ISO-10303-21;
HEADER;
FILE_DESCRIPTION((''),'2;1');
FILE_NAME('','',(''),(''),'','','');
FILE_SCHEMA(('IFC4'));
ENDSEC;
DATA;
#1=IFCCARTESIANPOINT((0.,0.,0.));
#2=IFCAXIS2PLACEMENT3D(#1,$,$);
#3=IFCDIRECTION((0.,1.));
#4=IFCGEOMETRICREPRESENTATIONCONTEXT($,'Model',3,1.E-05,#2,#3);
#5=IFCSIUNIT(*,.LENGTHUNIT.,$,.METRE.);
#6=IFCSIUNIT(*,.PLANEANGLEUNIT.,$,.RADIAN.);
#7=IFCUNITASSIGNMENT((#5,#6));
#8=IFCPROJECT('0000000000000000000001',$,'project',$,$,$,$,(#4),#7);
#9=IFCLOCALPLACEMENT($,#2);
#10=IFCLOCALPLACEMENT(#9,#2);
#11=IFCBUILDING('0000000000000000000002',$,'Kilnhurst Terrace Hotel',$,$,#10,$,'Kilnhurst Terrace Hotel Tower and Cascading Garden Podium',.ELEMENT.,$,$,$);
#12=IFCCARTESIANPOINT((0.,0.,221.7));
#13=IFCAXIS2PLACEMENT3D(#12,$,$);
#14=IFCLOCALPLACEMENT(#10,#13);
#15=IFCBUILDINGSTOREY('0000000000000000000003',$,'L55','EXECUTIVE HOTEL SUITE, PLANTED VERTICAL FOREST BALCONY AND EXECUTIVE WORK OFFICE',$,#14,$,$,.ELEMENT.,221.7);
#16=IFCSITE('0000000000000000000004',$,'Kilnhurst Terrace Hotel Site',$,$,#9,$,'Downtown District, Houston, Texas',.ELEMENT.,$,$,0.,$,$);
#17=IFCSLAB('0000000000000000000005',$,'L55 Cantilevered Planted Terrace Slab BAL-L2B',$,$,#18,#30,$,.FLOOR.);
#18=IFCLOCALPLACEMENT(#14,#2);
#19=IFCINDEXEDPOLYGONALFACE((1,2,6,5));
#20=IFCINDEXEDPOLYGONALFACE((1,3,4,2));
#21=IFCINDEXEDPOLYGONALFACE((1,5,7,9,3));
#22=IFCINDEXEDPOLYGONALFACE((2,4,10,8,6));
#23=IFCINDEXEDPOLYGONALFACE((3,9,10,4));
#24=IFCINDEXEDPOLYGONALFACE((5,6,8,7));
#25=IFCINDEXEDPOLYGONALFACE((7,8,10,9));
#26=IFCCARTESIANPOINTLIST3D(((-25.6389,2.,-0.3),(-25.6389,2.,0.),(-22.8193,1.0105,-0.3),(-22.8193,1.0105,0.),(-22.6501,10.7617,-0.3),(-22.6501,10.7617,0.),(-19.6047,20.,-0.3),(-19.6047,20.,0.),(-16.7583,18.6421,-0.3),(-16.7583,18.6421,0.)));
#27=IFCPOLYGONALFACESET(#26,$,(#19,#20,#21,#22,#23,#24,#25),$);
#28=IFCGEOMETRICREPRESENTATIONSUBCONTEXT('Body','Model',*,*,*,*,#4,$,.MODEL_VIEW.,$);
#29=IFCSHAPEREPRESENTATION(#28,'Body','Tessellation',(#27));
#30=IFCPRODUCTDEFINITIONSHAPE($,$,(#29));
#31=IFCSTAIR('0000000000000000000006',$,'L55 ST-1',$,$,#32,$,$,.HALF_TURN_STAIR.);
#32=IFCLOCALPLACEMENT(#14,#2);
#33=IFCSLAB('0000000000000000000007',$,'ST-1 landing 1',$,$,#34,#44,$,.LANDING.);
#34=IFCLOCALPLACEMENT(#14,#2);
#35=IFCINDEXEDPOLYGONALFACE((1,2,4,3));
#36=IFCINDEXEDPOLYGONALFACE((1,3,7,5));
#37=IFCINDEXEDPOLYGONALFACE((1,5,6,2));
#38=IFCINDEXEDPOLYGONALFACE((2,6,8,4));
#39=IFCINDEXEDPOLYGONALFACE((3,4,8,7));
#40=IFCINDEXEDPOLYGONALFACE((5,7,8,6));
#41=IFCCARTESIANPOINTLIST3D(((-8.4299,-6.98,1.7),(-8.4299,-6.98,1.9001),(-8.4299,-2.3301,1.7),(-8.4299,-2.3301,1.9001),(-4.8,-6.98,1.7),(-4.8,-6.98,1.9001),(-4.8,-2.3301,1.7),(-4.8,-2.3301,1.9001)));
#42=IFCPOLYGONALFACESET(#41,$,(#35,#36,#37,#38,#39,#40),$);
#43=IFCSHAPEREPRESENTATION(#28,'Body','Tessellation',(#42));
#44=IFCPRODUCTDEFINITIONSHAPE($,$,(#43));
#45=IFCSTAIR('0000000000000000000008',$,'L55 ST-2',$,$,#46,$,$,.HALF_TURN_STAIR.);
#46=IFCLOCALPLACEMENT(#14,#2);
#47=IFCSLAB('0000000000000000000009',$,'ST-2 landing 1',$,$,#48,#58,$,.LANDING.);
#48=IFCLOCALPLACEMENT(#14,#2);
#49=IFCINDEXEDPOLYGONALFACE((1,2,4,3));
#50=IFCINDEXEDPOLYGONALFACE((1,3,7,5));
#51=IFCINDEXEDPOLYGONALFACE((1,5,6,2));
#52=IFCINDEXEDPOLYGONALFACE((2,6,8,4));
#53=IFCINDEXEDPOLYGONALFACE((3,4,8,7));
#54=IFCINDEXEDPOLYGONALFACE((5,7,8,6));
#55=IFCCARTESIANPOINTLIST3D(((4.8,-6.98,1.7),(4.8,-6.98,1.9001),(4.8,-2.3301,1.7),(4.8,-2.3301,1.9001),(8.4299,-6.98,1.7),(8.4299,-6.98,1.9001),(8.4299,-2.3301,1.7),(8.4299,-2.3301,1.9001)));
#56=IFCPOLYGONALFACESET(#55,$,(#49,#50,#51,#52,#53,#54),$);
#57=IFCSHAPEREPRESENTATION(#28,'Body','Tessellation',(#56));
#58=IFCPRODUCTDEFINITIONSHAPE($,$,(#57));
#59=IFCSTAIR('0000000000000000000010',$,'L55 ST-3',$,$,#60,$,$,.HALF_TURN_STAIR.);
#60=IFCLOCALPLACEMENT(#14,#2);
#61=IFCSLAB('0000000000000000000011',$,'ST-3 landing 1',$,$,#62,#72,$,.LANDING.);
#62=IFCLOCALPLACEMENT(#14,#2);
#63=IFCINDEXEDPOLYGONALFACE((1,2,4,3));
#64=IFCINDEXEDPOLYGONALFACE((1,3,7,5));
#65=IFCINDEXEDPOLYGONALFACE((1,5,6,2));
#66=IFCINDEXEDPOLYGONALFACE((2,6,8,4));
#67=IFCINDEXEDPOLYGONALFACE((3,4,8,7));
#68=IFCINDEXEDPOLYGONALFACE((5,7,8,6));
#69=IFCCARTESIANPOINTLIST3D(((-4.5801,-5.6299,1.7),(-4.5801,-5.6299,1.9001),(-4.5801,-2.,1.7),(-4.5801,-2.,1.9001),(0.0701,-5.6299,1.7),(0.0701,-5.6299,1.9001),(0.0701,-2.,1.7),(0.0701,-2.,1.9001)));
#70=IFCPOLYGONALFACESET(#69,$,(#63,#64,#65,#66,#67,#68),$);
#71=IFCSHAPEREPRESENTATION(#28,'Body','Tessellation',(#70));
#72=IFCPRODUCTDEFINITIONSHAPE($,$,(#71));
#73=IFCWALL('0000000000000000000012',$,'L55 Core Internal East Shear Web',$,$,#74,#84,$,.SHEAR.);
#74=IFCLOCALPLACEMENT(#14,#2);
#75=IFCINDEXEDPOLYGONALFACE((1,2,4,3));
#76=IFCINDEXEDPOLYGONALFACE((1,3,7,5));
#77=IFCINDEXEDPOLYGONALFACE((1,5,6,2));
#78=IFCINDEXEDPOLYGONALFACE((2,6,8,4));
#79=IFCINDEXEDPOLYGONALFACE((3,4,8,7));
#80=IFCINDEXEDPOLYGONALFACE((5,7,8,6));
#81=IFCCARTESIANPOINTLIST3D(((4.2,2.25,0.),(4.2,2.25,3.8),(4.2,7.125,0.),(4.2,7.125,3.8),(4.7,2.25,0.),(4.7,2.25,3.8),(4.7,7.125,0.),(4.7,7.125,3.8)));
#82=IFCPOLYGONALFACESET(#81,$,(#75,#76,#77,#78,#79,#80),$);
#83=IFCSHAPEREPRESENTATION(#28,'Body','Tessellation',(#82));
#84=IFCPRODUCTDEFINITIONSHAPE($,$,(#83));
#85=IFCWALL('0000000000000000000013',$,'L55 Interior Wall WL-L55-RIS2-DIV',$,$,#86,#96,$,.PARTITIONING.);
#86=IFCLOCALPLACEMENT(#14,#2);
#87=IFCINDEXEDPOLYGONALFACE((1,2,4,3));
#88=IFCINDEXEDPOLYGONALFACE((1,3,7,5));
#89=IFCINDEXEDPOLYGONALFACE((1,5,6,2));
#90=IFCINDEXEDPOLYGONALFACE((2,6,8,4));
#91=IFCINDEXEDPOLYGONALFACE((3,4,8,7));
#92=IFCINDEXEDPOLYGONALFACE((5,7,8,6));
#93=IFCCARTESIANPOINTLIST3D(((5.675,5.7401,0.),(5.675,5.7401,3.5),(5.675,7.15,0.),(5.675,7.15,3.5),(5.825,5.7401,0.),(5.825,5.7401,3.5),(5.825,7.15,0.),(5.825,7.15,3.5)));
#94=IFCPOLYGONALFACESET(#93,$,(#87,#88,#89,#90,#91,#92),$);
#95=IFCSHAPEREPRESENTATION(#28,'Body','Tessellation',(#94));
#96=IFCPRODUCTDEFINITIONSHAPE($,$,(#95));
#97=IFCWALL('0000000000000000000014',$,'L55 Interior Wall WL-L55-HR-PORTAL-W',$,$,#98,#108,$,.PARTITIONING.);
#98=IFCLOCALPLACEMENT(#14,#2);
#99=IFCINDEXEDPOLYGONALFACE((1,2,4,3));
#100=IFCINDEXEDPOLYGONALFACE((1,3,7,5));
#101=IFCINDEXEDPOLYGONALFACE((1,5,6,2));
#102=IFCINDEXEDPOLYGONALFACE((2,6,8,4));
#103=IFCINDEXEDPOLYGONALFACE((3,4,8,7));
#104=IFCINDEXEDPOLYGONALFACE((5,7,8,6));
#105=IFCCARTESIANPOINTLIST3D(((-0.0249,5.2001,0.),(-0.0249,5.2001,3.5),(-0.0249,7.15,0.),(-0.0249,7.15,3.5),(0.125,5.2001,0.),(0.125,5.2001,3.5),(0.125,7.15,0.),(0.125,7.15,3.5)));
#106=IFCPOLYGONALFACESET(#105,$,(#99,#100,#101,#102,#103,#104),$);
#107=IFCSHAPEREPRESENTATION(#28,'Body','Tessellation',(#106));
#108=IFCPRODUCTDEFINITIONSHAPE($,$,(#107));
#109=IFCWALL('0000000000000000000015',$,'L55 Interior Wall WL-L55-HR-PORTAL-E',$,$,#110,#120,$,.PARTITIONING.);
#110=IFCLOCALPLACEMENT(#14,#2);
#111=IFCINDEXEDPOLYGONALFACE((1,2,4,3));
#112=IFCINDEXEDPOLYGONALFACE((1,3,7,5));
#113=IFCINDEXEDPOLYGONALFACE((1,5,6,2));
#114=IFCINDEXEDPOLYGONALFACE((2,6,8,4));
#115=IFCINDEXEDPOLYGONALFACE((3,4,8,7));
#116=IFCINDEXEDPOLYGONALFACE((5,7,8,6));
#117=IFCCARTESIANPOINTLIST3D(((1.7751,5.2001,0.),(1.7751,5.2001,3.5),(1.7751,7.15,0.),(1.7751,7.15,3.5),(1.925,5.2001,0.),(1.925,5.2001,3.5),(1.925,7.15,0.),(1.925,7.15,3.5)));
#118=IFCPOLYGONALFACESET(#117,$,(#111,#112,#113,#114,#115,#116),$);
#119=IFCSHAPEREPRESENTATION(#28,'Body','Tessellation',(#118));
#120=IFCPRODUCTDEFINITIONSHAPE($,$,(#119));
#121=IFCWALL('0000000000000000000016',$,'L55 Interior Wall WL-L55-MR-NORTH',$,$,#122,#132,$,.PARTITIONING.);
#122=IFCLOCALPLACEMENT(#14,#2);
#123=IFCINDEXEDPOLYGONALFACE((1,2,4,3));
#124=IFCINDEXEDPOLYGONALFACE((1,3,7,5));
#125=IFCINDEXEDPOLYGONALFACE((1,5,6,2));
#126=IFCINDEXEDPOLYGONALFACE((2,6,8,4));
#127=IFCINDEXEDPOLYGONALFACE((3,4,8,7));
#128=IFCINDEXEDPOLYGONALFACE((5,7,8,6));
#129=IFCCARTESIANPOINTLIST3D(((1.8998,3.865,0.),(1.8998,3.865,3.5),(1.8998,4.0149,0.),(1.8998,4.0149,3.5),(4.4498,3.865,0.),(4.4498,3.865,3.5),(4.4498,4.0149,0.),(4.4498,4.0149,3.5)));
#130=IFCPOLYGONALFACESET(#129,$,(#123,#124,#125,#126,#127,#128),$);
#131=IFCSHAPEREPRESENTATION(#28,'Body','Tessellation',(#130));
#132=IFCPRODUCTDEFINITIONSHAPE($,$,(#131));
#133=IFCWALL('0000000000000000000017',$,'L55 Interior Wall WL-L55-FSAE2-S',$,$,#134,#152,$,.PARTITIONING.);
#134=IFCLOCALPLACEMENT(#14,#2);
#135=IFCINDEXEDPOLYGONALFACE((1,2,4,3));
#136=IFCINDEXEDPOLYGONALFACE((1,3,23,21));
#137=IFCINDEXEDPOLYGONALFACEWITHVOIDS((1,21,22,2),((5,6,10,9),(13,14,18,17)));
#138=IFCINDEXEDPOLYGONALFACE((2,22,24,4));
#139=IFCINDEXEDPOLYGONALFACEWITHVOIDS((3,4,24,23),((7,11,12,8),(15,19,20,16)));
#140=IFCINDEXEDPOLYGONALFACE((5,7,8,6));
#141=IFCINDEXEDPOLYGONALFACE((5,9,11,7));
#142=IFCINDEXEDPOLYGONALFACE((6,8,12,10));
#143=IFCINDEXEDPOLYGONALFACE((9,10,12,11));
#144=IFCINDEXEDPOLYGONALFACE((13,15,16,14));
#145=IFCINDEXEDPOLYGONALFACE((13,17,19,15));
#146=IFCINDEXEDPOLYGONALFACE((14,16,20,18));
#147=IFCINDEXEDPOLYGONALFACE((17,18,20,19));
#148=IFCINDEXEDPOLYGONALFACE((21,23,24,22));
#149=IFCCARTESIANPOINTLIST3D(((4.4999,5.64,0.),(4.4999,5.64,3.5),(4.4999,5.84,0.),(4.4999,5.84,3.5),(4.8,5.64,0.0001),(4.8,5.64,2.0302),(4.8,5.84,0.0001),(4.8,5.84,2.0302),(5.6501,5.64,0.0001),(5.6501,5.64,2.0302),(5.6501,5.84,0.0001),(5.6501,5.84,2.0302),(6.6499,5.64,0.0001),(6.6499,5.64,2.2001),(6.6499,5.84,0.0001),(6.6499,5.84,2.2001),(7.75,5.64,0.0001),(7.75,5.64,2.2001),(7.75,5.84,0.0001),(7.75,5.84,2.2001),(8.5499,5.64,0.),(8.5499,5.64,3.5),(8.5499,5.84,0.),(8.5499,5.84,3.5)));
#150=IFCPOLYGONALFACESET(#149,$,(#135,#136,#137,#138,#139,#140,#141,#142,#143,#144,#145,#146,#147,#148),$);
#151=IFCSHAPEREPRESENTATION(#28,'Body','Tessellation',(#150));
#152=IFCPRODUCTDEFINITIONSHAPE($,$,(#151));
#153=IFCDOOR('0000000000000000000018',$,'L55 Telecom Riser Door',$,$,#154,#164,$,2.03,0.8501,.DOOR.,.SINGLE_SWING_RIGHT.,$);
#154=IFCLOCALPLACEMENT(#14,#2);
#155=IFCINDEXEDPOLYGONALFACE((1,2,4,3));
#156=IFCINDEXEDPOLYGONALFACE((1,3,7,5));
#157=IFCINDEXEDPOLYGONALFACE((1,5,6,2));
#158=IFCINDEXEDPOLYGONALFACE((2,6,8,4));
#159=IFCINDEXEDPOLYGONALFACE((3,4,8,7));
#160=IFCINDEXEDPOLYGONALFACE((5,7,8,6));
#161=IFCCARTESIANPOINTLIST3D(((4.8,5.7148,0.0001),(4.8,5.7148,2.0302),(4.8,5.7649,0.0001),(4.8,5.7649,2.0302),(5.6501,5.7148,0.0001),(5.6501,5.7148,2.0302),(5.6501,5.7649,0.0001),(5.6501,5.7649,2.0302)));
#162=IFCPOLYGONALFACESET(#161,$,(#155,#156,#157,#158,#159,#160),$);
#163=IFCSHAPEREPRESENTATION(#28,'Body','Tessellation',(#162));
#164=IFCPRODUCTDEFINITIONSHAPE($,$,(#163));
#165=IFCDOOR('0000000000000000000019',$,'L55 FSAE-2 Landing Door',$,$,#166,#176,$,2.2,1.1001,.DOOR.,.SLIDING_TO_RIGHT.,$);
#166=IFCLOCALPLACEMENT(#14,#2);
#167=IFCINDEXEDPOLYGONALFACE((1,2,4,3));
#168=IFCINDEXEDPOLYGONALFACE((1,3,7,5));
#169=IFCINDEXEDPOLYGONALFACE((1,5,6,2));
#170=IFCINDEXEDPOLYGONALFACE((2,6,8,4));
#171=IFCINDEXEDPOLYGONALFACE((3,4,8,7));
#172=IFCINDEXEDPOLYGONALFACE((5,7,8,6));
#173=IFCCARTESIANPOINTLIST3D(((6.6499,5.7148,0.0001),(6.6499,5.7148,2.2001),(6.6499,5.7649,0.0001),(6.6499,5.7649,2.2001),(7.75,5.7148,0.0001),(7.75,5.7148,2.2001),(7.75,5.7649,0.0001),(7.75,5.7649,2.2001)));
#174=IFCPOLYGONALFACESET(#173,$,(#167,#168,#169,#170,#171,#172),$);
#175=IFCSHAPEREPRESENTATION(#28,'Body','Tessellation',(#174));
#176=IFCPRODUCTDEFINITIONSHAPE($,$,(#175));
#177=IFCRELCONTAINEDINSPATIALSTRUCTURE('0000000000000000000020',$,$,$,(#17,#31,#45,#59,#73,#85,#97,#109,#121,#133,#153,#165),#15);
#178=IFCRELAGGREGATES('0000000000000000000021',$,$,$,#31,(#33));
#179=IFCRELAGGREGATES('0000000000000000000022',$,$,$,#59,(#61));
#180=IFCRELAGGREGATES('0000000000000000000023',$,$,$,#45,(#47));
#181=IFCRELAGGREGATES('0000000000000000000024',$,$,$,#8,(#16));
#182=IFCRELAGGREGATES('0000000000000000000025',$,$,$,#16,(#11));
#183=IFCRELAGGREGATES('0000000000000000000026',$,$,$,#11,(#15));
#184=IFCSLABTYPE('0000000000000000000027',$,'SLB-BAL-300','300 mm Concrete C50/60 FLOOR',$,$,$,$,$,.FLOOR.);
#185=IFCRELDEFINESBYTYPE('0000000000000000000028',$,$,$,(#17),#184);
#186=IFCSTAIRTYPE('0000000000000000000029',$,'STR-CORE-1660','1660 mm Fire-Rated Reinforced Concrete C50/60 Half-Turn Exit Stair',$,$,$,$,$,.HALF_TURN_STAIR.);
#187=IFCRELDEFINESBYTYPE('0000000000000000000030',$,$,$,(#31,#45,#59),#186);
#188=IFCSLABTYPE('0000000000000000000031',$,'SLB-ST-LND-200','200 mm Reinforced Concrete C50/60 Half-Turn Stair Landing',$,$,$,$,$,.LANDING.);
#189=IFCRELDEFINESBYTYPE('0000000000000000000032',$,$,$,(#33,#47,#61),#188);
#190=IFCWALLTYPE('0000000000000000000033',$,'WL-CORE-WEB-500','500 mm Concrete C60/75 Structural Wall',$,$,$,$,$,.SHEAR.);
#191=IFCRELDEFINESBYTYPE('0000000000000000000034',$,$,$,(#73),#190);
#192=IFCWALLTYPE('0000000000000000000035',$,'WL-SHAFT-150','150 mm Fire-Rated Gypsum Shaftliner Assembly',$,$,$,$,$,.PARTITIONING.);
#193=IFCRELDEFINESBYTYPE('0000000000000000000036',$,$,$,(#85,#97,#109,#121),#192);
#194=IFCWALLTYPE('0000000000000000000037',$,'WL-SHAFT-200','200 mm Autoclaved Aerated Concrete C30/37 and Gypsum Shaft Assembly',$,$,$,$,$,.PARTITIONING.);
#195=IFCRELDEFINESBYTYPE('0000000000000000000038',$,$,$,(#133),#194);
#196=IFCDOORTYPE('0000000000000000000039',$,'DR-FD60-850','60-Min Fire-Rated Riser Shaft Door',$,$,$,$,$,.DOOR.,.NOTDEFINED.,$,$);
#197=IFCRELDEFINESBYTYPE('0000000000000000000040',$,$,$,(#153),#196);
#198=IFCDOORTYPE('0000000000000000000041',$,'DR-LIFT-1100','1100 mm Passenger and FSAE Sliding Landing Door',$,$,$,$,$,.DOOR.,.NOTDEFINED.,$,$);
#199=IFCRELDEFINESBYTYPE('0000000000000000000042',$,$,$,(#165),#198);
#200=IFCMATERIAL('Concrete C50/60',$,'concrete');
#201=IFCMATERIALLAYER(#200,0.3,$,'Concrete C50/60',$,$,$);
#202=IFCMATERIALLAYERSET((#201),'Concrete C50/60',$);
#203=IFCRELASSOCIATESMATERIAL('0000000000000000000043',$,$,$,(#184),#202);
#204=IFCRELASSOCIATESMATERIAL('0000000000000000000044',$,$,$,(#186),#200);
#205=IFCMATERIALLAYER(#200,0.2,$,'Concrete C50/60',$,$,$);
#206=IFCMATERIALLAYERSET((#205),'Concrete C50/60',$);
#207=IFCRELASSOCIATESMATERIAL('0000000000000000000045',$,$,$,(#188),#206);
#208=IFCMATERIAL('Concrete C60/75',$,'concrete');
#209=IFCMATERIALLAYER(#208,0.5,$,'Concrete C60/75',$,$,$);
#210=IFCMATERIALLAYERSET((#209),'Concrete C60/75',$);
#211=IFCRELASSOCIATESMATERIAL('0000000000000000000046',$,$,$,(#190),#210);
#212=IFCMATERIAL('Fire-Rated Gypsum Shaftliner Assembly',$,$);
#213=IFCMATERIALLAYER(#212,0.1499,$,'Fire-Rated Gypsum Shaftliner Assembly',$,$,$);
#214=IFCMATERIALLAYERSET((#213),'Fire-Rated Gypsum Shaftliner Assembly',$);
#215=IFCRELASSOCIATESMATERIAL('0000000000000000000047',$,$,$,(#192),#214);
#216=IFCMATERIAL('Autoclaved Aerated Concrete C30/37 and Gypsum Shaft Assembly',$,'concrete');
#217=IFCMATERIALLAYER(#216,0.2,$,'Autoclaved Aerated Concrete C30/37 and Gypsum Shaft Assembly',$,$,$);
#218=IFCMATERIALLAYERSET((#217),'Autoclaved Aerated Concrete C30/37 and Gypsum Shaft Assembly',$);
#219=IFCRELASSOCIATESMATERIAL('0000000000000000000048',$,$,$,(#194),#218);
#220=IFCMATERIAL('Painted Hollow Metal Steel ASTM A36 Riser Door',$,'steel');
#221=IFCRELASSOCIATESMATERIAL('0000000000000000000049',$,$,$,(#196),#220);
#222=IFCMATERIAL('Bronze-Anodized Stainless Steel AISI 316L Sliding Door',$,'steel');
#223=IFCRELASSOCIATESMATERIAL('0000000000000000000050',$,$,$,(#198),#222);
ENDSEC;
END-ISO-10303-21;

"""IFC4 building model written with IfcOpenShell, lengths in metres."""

from ifc_helpers import new_model, si_unit, direction, frame, frame_2d, origin, place, context, subcontext, project, spatial, polyline, rectangle, outline, extrude, material, layer, layer_set, type_object, element, fill, aggregate, save


model = new_model("IFC4")

# Units and contexts
model_context = context("Model", 3, precision=1e-05, world=origin(), true_north=direction((0.0, 1.0)))
body_context = subcontext(model_context, "Body", "Model", "MODEL_VIEW")
ifc_project = project(units=[si_unit("LENGTHUNIT", "METRE"), si_unit("PLANEANGLEUNIT", "RADIAN")], contexts=[model_context])

# Site, building, storey
site_placement = place(None, origin())
site = spatial("IfcSite", under=ifc_project, at=site_placement, Name="Kilnhurst Terrace Hotel Site", LongName="Downtown District, Houston, Texas", CompositionType="ELEMENT", RefElevation=0.0)
building_placement = place(site_placement, origin())
building = spatial("IfcBuilding", under=site, at=building_placement, Name="Kilnhurst Terrace Hotel", LongName="Kilnhurst Terrace Hotel Tower and Cascading Garden Podium", CompositionType="ELEMENT")
storey_placement = place(building_placement, frame((0.0, 0.0, 221.7)))
storey = spatial("IfcBuildingStorey", under=building, at=storey_placement, Name="L55", Description="EXECUTIVE HOTEL SUITE, PLANTED VERTICAL FOREST BALCONY AND EXECUTIVE WORK OFFICE", CompositionType="ELEMENT", Elevation=221.7)

# Slab
ifc_material_1 = material(Name="Concrete C50/60", Category="concrete")
ifc_layer_1 = layer(ifc_material_1, 0.3, Name="Concrete C50/60")
ifc_layer_set_1 = layer_set([ifc_layer_1], Name="Concrete C50/60")
slab_type_1 = type_object("IfcSlabType", Name="SLB-BAL-300", Description="300 mm Concrete C50/60 FLOOR", PredefinedType="FLOOR", material=ifc_layer_set_1)
slab_1_placement = place(storey_placement, frame((0.0, 0.0, -0.3)))
element("IfcSlab", 1, at=slab_1_placement, inside=storey, type_object=slab_type_1, Name="L55 Cantilevered Planted Terrace Slab BAL-L2B", PredefinedType="FLOOR", context=body_context, shape_type="SweptSolid", body=[
    extrude(outline(polyline([(-19.6047, 20.0), (-16.7583, 18.6421), (-22.8193, 1.0105), (-25.6389, 2.0), (-22.6501, 10.7617), (-19.6047, 20.0)])), origin(), (0.0, 0.0, 1.0), 0.3),
])

# Stairs, slabs
stair_type = type_object("IfcStairType", Name="STR-CORE-1660", Description="1660 mm Fire-Rated Reinforced Concrete C50/60 Half-Turn Exit Stair", PredefinedType="HALF_TURN_STAIR", material=ifc_material_1)
stair_1_placement = place(storey_placement, origin())
stair_1 = element("IfcStair", 2, at=stair_1_placement, inside=storey, type_object=stair_type, Name="L55 ST-1", PredefinedType="HALF_TURN_STAIR")
ifc_layer_2 = layer(ifc_material_1, 0.2, Name="Concrete C50/60")
ifc_layer_set_2 = layer_set([ifc_layer_2], Name="Concrete C50/60")
slab_type_2 = type_object("IfcSlabType", Name="SLB-ST-LND-200", Description="200 mm Reinforced Concrete C50/60 Half-Turn Stair Landing", PredefinedType="LANDING", material=ifc_layer_set_2)
slab_2_placement = place(storey_placement, frame((0.0, 0.0, 1.7)))
slab_2 = element("IfcSlab", 3, at=slab_2_placement, type_object=slab_type_2, Name="ST-1 landing 1", PredefinedType="LANDING", context=body_context, shape_type="SweptSolid", body=[
    extrude(outline(polyline([(-8.4299, -2.3301), (-4.8, -2.3301), (-4.8, -6.98), (-8.4299, -6.98), (-8.4299, -2.3301)])), origin(), (0.0, 0.0, 1.0), 0.2002),
])
aggregate(stair_1, [slab_2])
stair_2_placement = place(storey_placement, origin())
stair_2 = element("IfcStair", 4, at=stair_2_placement, inside=storey, type_object=stair_type, Name="L55 ST-2", PredefinedType="HALF_TURN_STAIR")
slab_3_placement = place(storey_placement, frame((0.0, 0.0, 1.7)))
slab_3 = element("IfcSlab", 5, at=slab_3_placement, type_object=slab_type_2, Name="ST-2 landing 1", PredefinedType="LANDING", context=body_context, shape_type="SweptSolid", body=[
    extrude(outline(polyline([(4.8, -2.3301), (8.4299, -2.3301), (8.4299, -6.98), (4.8, -6.98), (4.8, -2.3301)])), origin(), (0.0, 0.0, 1.0), 0.2002),
])
stair_3_placement = place(storey_placement, origin())
stair_3 = element("IfcStair", 6, at=stair_3_placement, inside=storey, type_object=stair_type, Name="L55 ST-3", PredefinedType="HALF_TURN_STAIR")
slab_4_placement = place(storey_placement, frame((0.0, 0.0, 1.7)))
slab_4 = element("IfcSlab", 7, at=slab_4_placement, type_object=slab_type_2, Name="ST-3 landing 1", PredefinedType="LANDING", context=body_context, shape_type="SweptSolid", body=[
    extrude(outline(polyline([(0.0701, -2.0), (0.0701, -5.6299), (-4.5801, -5.6299), (-4.5801, -2.0), (0.0701, -2.0)])), origin(), (0.0, 0.0, 1.0), 0.2002),
])
aggregate(stair_3, [slab_4])

# Walls
ifc_material_2 = material(Name="Concrete C60/75", Category="concrete")
ifc_layer_3 = layer(ifc_material_2, 0.5, Name="Concrete C60/75")
ifc_layer_set_3 = layer_set([ifc_layer_3], Name="Concrete C60/75")
wall_type_1 = type_object("IfcWallType", Name="WL-CORE-WEB-500", Description="500 mm Concrete C60/75 Structural Wall", PredefinedType="SHEAR", material=ifc_layer_set_3)
wall_1_placement = place(storey_placement, frame((4.45, 2.25, 0.0), z_axis=(0.0, 0.0, 1.0), x_axis=(0.0, 1.0, 0.0)))
element("IfcWall", 8, at=wall_1_placement, inside=storey, type_object=wall_type_1, Name="L55 Core Internal East Shear Web", PredefinedType="SHEAR", context=body_context, shape_type="SweptSolid", body=[
    extrude(rectangle(XDim=4.875, YDim=0.5, at=frame_2d((2.4375, 0.0))), origin(), (0.0, 0.0, 1.0), 3.8),
])
ifc_material_3 = material(Name="Fire-Rated Gypsum Shaftliner Assembly")
ifc_layer_4 = layer(ifc_material_3, 0.1499, Name="Fire-Rated Gypsum Shaftliner Assembly")
ifc_layer_set_4 = layer_set([ifc_layer_4], Name="Fire-Rated Gypsum Shaftliner Assembly")
wall_type_2 = type_object("IfcWallType", Name="WL-SHAFT-150", Description="150 mm Fire-Rated Gypsum Shaftliner Assembly", PredefinedType="PARTITIONING", material=ifc_layer_set_4)
wall_2_placement = place(storey_placement, frame((5.75, 5.74, 0.0), z_axis=(0.0, 0.0, 1.0), x_axis=(0.0, 1.0, 0.0)))
element("IfcWall", 9, at=wall_2_placement, inside=storey, type_object=wall_type_2, Name="L55 Interior Wall WL-L55-RIS2-DIV", PredefinedType="PARTITIONING", context=body_context, shape_type="SweptSolid", body=[
    extrude(rectangle(XDim=1.4099, YDim=0.1499, at=frame_2d((0.7051, 0.0))), origin(), (0.0, 0.0, 1.0), 3.5),
])
for number, where, z_axis, x_axis, name in (
    (10, (0.05, 5.2, 0.0), (0.0, 0.0, 1.0), (0.0, 1.0, 0.0), "L55 Interior Wall WL-L55-HR-PORTAL-W"),
    (11, (1.8501, 5.2, 0.0), (0.0, 0.0, 1.0), (0.0, 1.0, 0.0), "L55 Interior Wall WL-L55-HR-PORTAL-E"),
):
    element("IfcWall", number, at=place(storey_placement, frame(where, z_axis=z_axis, x_axis=x_axis)), inside=storey, type_object=wall_type_2, Name=name, PredefinedType="PARTITIONING", context=body_context, shape_type="SweptSolid", body=[
        extrude(rectangle(XDim=1.95, YDim=0.1499, at=frame_2d((0.9751, 0.0))), origin(), (0.0, 0.0, 1.0), 3.5),
    ])
wall_3_placement = place(storey_placement, frame((1.8999, 3.9399, 0.0), z_axis=(0.0, 0.0, 1.0), x_axis=(1.0, 0.0, 0.0)))
element("IfcWall", 12, at=wall_3_placement, inside=storey, type_object=wall_type_2, Name="L55 Interior Wall WL-L55-MR-NORTH", PredefinedType="PARTITIONING", context=body_context, shape_type="SweptSolid", body=[
    extrude(rectangle(XDim=2.55, YDim=0.1499, at=frame_2d((1.2749, 0.0))), origin(), (0.0, 0.0, 1.0), 3.5),
])

# Wall, openings, doors
ifc_material_4 = material(Name="Autoclaved Aerated Concrete C30/37 and Gypsum Shaft Assembly", Category="concrete")
ifc_layer_5 = layer(ifc_material_4, 0.2, Name="Autoclaved Aerated Concrete C30/37 and Gypsum Shaft Assembly")
ifc_layer_set_5 = layer_set([ifc_layer_5], Name="Autoclaved Aerated Concrete C30/37 and Gypsum Shaft Assembly")
wall_type_3 = type_object("IfcWallType", Name="WL-SHAFT-200", Description="200 mm Autoclaved Aerated Concrete C30/37 and Gypsum Shaft Assembly", PredefinedType="PARTITIONING", material=ifc_layer_set_5)
wall_4_placement = place(storey_placement, frame((4.5, 5.74, 0.0), z_axis=(0.0, 0.0, 1.0), x_axis=(1.0, 0.0, 0.0)))
wall_4 = element("IfcWall", 13, at=wall_4_placement, inside=storey, type_object=wall_type_3, Name="L55 Interior Wall WL-L55-FSAE2-S", PredefinedType="PARTITIONING", context=body_context, shape_type="SweptSolid", body=[
    extrude(rectangle(XDim=4.05, YDim=0.2, at=frame_2d((2.0249, 0.0))), origin(), (0.0, 0.0, 1.0), 3.5),
])
opening_1_placement = place(wall_4_placement, frame((0.3, 0.0, 0.0)))
opening_1 = element("IfcOpeningElement", 14, at=opening_1_placement, cuts=wall_4, PredefinedType="OPENING", context=body_context, shape_type="SweptSolid", body=[
    extrude(rectangle(XDim=0.8501, YDim=2.03, at=frame_2d((0.425, 1.0151))), frame((0.0, 0.1099, 0.0), z_axis=(0.0, -1.0, 0.0), x_axis=(1.0, 0.0, 0.0)), (0.0, 0.0, 1.0), 0.22),
])
opening_2_placement = place(wall_4_placement, frame((2.1499, 0.0, 0.0)))
opening_2 = element("IfcOpeningElement", 15, at=opening_2_placement, cuts=wall_4, PredefinedType="OPENING", context=body_context, shape_type="SweptSolid", body=[
    extrude(rectangle(XDim=1.1001, YDim=2.2, at=frame_2d((0.55, 1.1001))), frame((0.0, 0.1099, 0.0), z_axis=(0.0, -1.0, 0.0), x_axis=(1.0, 0.0, 0.0)), (0.0, 0.0, 1.0), 0.22),
])
ifc_material_5 = material(Name="Painted Hollow Metal Steel ASTM A36 Riser Door", Category="steel")
door_type_1 = type_object("IfcDoorType", Name="DR-FD60-850", Description="60-Min Fire-Rated Riser Shaft Door", OperationType="NOTDEFINED", PredefinedType="DOOR", material=ifc_material_5)
door_1_placement = place(opening_1_placement, origin())
door_1 = element("IfcDoor", 16, at=door_1_placement, inside=storey, type_object=door_type_1, Name="L55 Telecom Riser Door", OperationType="SINGLE_SWING_RIGHT", OverallHeight=2.03, OverallWidth=0.8501, PredefinedType="DOOR", context=body_context, shape_type="SweptSolid", body=[
    extrude(rectangle(XDim=0.8501, YDim=2.03, at=frame_2d((0.425, 1.0151))), frame((0.0, 0.0249, 0.0), z_axis=(0.0, -1.0, 0.0), x_axis=(1.0, 0.0, 0.0)), (0.0, 0.0, 1.0), 0.05),
])
fill(opening_1, door_1)
ifc_material_6 = material(Name="Bronze-Anodized Stainless Steel AISI 316L Sliding Door", Category="steel")
door_type_2 = type_object("IfcDoorType", Name="DR-LIFT-1100", Description="1100 mm Passenger and FSAE Sliding Landing Door", OperationType="NOTDEFINED", PredefinedType="DOOR", material=ifc_material_6)
door_2_placement = place(opening_2_placement, origin())
door_2 = element("IfcDoor", 17, at=door_2_placement, inside=storey, type_object=door_type_2, Name="L55 FSAE-2 Landing Door", OperationType="SLIDING_TO_RIGHT", OverallHeight=2.2, OverallWidth=1.1001, PredefinedType="DOOR", context=body_context, shape_type="SweptSolid", body=[
    extrude(rectangle(XDim=1.1001, YDim=2.2, at=frame_2d((0.55, 1.1001))), frame((0.0, 0.0249, 0.0), z_axis=(0.0, -1.0, 0.0), x_axis=(1.0, 0.0, 0.0)), (0.0, 0.0, 1.0), 0.05),
])
fill(opening_2, door_2)

aggregate(stair_2, [slab_3])

save(model, "model.ifc")
